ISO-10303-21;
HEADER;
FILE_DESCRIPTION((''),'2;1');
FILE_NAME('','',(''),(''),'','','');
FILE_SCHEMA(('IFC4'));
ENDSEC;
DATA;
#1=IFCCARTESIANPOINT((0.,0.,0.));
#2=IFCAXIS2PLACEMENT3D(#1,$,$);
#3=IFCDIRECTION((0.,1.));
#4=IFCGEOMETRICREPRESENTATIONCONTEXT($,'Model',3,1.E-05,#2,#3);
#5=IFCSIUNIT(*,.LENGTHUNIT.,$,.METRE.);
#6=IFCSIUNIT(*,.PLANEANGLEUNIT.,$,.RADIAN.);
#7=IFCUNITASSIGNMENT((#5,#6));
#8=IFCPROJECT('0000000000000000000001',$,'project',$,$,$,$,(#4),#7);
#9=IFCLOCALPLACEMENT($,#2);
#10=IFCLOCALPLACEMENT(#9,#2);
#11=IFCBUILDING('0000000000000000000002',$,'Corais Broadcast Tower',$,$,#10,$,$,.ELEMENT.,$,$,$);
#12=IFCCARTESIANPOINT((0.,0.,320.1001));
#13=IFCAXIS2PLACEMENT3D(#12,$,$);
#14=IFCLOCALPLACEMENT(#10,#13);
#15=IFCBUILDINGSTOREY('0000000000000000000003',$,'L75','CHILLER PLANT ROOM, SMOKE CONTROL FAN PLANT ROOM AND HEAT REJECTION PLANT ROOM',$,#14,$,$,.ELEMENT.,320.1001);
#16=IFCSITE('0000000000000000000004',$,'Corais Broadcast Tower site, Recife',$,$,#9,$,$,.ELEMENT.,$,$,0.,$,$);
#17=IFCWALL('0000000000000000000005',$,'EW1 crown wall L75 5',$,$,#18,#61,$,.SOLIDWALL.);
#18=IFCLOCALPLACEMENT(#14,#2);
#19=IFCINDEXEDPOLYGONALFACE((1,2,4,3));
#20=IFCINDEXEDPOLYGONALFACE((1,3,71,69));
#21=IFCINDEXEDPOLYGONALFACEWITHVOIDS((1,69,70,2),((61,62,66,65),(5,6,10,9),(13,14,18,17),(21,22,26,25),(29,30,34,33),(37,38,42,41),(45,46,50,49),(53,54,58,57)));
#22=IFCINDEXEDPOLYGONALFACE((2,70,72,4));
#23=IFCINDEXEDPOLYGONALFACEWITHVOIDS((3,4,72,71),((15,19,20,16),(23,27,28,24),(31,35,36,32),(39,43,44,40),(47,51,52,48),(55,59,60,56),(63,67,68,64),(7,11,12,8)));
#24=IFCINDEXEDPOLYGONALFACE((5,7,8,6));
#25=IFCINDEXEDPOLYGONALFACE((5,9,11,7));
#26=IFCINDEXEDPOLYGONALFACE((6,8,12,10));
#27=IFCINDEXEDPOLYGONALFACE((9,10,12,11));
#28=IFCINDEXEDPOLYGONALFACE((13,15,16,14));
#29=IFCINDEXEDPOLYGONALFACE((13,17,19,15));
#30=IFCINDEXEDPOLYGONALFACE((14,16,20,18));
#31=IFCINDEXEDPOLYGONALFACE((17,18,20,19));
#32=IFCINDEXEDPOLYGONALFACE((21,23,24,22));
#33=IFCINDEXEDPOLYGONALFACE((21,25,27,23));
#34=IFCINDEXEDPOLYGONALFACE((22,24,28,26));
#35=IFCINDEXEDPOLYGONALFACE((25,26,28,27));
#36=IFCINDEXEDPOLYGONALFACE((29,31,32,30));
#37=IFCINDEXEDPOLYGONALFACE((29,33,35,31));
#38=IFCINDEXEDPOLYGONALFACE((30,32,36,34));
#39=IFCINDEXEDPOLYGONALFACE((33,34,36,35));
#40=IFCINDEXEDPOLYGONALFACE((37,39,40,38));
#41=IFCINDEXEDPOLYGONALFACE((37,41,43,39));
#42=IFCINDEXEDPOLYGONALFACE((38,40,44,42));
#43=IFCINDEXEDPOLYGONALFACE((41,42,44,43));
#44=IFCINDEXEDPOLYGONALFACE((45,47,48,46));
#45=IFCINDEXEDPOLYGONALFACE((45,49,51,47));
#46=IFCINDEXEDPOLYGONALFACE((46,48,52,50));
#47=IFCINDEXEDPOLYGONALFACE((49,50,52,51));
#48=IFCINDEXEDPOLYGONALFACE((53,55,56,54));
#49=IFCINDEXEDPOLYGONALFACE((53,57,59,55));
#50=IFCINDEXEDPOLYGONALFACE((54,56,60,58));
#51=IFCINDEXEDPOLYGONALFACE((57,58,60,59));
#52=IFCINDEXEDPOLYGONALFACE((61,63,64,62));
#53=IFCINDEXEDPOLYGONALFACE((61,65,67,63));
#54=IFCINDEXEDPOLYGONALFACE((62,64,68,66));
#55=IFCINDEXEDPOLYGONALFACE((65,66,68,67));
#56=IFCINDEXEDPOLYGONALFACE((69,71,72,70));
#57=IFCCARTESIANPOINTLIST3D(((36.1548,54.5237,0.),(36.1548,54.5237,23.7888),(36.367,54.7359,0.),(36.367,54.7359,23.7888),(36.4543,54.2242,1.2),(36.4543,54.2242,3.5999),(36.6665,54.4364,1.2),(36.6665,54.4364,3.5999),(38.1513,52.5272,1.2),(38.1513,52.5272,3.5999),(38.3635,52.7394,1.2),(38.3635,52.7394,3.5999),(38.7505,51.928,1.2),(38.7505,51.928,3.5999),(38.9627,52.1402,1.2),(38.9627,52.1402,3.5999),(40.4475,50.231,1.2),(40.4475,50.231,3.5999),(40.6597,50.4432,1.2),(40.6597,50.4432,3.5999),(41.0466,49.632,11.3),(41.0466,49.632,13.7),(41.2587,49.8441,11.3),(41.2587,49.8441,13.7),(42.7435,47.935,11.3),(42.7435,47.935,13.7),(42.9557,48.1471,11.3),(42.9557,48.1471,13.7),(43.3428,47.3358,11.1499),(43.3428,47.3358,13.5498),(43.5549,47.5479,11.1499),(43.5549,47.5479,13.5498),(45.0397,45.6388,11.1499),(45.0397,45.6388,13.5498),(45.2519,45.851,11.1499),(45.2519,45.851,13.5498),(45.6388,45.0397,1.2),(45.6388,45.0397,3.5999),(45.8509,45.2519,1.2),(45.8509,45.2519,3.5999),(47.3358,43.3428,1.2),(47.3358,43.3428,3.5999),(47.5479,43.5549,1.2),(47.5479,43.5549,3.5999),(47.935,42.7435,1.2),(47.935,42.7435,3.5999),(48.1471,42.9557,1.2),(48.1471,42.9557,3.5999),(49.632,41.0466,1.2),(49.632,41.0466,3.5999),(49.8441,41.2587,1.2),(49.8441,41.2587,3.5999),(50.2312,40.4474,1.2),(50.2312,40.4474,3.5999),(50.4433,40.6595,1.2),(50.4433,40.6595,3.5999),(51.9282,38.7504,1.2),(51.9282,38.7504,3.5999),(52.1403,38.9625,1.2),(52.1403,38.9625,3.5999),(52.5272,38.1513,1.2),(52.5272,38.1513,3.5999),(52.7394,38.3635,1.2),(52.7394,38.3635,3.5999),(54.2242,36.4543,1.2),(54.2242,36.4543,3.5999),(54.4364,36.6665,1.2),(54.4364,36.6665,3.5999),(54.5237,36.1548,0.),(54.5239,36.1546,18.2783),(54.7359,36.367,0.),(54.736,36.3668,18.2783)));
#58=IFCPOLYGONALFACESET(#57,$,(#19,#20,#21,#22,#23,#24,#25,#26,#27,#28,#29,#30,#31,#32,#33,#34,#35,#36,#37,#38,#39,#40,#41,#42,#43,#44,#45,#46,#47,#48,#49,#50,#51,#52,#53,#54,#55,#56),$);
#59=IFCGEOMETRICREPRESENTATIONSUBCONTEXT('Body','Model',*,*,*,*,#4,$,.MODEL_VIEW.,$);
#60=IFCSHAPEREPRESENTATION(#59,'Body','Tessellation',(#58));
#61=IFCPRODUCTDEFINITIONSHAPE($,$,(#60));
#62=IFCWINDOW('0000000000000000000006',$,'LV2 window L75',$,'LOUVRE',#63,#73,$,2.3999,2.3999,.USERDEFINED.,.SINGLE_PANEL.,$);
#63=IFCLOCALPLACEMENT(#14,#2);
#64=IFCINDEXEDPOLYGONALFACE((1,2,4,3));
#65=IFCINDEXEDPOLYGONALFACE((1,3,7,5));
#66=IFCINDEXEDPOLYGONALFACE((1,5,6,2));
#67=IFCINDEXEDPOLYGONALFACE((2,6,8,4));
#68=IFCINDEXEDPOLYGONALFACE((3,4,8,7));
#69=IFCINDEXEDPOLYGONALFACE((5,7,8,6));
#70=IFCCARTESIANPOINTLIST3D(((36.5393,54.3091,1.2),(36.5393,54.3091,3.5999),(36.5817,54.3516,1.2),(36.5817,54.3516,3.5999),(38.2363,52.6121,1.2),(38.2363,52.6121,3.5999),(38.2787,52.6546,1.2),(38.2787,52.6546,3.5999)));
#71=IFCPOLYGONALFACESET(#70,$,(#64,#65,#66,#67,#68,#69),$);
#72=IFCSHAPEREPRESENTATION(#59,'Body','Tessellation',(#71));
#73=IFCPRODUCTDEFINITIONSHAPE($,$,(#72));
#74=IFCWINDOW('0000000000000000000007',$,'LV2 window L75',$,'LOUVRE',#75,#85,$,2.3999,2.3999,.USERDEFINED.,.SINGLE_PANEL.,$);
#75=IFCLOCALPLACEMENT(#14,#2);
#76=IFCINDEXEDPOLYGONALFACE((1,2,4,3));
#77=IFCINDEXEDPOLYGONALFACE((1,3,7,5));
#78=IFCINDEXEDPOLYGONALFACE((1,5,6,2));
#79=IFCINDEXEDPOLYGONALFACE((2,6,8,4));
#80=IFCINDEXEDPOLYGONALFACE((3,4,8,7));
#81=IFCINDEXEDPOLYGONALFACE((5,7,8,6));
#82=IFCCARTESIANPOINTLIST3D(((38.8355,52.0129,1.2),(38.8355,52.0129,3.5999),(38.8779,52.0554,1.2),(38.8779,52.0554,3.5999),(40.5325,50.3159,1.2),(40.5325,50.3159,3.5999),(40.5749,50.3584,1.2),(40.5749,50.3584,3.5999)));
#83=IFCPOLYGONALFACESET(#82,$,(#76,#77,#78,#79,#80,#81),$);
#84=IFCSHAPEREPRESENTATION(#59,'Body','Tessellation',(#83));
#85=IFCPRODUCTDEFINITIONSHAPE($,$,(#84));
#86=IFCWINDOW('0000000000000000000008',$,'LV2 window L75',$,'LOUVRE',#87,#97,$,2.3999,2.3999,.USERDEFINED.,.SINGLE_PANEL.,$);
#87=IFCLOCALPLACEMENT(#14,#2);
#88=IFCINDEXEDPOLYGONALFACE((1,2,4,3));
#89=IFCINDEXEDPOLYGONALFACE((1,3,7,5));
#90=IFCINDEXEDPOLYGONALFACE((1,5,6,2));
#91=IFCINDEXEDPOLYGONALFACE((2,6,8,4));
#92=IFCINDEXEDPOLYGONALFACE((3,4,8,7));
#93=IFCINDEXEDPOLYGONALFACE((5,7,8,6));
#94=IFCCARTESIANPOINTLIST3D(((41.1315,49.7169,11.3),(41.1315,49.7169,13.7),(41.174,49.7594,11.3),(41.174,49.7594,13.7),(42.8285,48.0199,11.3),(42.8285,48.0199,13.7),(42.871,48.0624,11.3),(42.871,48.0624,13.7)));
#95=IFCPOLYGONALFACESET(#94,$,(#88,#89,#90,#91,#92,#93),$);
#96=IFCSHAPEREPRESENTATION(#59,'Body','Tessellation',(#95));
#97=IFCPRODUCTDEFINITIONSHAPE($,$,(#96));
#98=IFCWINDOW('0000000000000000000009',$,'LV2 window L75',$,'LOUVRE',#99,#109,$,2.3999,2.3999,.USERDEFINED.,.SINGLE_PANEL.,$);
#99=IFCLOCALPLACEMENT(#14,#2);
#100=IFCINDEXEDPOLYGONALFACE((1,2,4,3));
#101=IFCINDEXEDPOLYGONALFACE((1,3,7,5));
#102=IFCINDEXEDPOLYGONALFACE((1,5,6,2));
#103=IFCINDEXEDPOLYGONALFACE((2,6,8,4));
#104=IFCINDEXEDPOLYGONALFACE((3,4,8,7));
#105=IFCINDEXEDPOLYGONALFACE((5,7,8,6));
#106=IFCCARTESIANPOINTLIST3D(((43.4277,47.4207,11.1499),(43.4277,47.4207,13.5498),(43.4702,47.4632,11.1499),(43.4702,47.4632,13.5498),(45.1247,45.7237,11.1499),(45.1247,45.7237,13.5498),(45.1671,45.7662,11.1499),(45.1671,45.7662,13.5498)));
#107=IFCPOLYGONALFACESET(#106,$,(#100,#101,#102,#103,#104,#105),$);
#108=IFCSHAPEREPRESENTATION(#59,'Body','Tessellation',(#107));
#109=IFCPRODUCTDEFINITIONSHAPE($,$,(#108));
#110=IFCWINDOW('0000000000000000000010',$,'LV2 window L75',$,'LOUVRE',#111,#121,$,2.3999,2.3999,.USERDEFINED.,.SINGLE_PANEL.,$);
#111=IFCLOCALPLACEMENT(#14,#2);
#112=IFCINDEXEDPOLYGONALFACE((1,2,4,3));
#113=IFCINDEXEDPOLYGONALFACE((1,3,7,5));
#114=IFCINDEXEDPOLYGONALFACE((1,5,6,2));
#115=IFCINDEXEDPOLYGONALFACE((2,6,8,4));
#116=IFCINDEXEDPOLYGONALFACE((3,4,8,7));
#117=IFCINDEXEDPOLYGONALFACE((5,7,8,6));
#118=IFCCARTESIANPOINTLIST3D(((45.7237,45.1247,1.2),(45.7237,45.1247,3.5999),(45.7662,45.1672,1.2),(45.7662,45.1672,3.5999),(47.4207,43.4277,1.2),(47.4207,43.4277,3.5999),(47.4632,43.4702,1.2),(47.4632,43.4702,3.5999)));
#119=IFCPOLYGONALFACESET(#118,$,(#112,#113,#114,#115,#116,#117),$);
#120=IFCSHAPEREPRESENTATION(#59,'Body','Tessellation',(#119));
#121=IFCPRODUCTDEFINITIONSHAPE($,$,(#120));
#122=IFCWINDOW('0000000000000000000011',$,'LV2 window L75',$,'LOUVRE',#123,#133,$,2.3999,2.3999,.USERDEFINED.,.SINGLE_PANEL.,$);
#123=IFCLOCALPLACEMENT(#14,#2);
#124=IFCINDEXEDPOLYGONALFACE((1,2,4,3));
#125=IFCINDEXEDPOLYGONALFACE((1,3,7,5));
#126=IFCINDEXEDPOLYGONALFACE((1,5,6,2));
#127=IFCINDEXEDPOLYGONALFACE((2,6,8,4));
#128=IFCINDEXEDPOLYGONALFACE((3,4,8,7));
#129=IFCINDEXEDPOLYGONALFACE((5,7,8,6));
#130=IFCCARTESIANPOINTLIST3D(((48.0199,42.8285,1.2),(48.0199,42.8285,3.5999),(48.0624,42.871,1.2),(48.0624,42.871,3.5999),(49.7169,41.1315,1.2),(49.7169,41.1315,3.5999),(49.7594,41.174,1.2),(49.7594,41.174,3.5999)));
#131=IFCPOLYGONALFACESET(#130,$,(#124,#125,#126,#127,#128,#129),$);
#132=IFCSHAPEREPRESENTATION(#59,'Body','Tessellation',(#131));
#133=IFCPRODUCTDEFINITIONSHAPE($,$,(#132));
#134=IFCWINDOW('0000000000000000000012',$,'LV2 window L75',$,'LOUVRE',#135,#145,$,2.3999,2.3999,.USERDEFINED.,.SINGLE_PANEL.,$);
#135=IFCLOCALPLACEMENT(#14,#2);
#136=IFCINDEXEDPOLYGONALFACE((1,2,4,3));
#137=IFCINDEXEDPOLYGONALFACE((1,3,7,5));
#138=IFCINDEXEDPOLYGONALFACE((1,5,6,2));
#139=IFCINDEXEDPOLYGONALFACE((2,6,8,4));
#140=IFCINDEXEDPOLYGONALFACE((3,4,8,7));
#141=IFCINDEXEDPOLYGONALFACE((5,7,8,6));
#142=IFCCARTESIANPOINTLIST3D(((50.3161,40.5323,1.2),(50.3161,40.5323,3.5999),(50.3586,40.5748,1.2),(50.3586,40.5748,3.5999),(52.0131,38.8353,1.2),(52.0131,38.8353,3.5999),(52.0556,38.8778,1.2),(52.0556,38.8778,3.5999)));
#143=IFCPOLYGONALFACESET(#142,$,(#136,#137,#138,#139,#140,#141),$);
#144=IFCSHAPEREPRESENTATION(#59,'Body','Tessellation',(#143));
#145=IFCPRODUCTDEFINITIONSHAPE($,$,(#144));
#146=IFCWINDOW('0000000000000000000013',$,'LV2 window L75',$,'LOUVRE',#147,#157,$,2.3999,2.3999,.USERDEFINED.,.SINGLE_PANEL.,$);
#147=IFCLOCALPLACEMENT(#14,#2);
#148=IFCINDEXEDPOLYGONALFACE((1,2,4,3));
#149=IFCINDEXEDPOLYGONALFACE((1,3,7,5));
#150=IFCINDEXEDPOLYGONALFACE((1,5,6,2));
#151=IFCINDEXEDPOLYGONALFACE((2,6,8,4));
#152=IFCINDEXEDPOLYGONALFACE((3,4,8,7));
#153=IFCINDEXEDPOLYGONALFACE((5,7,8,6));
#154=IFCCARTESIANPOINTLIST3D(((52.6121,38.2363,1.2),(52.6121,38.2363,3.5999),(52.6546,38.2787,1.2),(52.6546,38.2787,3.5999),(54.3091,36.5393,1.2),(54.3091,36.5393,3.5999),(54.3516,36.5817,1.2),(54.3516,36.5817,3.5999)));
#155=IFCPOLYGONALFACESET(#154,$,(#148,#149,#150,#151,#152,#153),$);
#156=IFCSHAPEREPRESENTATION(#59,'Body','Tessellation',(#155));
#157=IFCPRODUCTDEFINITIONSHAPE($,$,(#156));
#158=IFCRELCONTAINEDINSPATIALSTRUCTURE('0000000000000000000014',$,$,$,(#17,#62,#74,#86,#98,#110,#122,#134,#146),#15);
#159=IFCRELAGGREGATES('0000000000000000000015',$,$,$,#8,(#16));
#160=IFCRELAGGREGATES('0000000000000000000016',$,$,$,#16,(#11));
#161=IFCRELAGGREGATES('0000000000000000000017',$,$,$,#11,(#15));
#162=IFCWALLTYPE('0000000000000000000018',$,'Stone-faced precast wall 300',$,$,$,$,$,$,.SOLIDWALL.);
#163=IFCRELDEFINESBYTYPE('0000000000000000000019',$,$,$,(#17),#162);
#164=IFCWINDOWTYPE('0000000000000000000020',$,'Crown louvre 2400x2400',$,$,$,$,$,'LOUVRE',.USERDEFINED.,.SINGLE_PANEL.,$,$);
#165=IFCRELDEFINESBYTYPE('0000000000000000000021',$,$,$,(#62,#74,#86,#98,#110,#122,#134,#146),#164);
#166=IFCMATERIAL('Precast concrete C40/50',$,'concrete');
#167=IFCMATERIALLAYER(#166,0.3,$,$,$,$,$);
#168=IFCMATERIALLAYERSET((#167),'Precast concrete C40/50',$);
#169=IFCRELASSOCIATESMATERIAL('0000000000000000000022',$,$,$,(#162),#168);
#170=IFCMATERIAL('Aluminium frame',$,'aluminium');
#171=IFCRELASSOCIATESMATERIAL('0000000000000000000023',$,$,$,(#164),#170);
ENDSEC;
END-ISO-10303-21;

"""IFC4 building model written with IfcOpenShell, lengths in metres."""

from ifc_helpers import new_model, si_unit, direction, frame, frame_2d, origin, place, context, subcontext, project, spatial, polyline, rectangle, outline, extrude, material, layer, layer_set, type_object, element, fill, save


model = new_model("IFC4")

# Units and contexts
model_context = context("Model", 3, precision=1e-05, world=origin(), true_north=direction((0.0, 1.0)))
body_context = subcontext(model_context, "Body", "Model", "MODEL_VIEW")
ifc_project = project(units=[si_unit("LENGTHUNIT", "METRE"), si_unit("PLANEANGLEUNIT", "RADIAN")], contexts=[model_context])

# Site, building, storey
site_placement = place(None, origin())
site = spatial("IfcSite", under=ifc_project, at=site_placement, Name="Corais Broadcast Tower site, Recife", CompositionType="ELEMENT", RefElevation=0.0)
building_placement = place(site_placement, origin())
building = spatial("IfcBuilding", under=site, at=building_placement, Name="Corais Broadcast Tower", CompositionType="ELEMENT")
storey_placement = place(building_placement, frame((0.0, 0.0, 320.1001)))
storey = spatial("IfcBuildingStorey", under=building, at=storey_placement, Name="L75", Description="CHILLER PLANT ROOM, SMOKE CONTROL FAN PLANT ROOM AND HEAT REJECTION PLANT ROOM", CompositionType="ELEMENT", Elevation=320.1001)

# Wall, openings, windows
ifc_material_1 = material(Name="Precast concrete C40/50", Category="concrete")
ifc_layer = layer(ifc_material_1, 0.3)
ifc_layer_set = layer_set([ifc_layer], Name="Precast concrete C40/50")
wall_type = type_object("IfcWallType", Name="Stone-faced precast wall 300", PredefinedType="SOLIDWALL", material=ifc_layer_set)
wall_placement = place(storey_placement, frame((36.261, 54.6299, 0.0), z_axis=(0.0, 0.0, 1.0), x_axis=(0.707107, -0.707107, 0.0)))
wall = element("IfcWall", 1, at=wall_placement, inside=storey, type_object=wall_type, Name="EW1 crown wall L75 5", PredefinedType="SOLIDWALL", context=body_context, shape_type="SweptSolid", body=[
    extrude(outline(polyline([(0.0, 0.0), (25.9775, 0.0), (25.9778, 18.2783), (0.0, 23.7888), (0.0, 0.0)])), frame((0.0, 0.1499, 0.0), z_axis=(0.0, -1.0, 0.0), x_axis=(1.0, 0.0, 0.0)), (0.0, 0.0, 1.0), 0.3),
])
opening_1_placement = place(wall_placement, frame((0.4236, 0.0, 1.2)))
opening_1 = element("IfcOpeningElement", 2, at=opening_1_placement, cuts=wall, PredefinedType="OPENING", context=body_context, shape_type="SweptSolid", body=[
    extrude(rectangle(XDim=2.3999, YDim=2.3999, at=frame_2d((1.2, 1.2))), frame((0.0, 0.1599, 0.0), z_axis=(0.0, -1.0, 0.0), x_axis=(1.0, 0.0, 0.0)), (0.0, 0.0, 1.0), 0.3201),
])
opening_2_placement = place(wall_placement, frame((3.6709, 0.0, 1.2)))
opening_2 = element("IfcOpeningElement", 3, at=opening_2_placement, cuts=wall, PredefinedType="OPENING", context=body_context, shape_type="SweptSolid", body=[
    extrude(rectangle(XDim=2.3999, YDim=2.3999, at=frame_2d((1.2, 1.2))), frame((0.0, 0.1599, 0.0), z_axis=(0.0, -1.0, 0.0), x_axis=(1.0, 0.0, 0.0)), (0.0, 0.0, 1.0), 0.3201),
])
opening_3_placement = place(wall_placement, frame((6.918, 0.0, 11.3)))
opening_3 = element("IfcOpeningElement", 4, at=opening_3_placement, cuts=wall, PredefinedType="OPENING", context=body_context, shape_type="SweptSolid", body=[
    extrude(rectangle(XDim=2.3999, YDim=2.3999, at=frame_2d((1.2, 1.2))), frame((0.0, 0.1599, 0.0), z_axis=(0.0, -1.0, 0.0), x_axis=(1.0, 0.0, 0.0)), (0.0, 0.0, 1.0), 0.3201),
])
opening_4_placement = place(wall_placement, frame((10.1653, 0.0, 11.1499)))
opening_4 = element("IfcOpeningElement", 5, at=opening_4_placement, cuts=wall, PredefinedType="OPENING", context=body_context, shape_type="SweptSolid", body=[
    extrude(rectangle(XDim=2.3999, YDim=2.3999, at=frame_2d((1.2, 1.2))), frame((0.0, 0.1599, 0.0), z_axis=(0.0, -1.0, 0.0), x_axis=(1.0, 0.0, 0.0)), (0.0, 0.0, 1.0), 0.3201),
])
opening_5_placement = place(wall_placement, frame((13.4124, 0.0, 1.2)))
opening_5 = element("IfcOpeningElement", 6, at=opening_5_placement, cuts=wall, PredefinedType="OPENING", context=body_context, shape_type="SweptSolid", body=[
    extrude(rectangle(XDim=2.3999, YDim=2.3999, at=frame_2d((1.2, 1.2))), frame((0.0, 0.1599, 0.0), z_axis=(0.0, -1.0, 0.0), x_axis=(1.0, 0.0, 0.0)), (0.0, 0.0, 1.0), 0.3201),
])
opening_6_placement = place(wall_placement, frame((16.6597, 0.0, 1.2)))
opening_6 = element("IfcOpeningElement", 7, at=opening_6_placement, cuts=wall, PredefinedType="OPENING", context=body_context, shape_type="SweptSolid", body=[
    extrude(rectangle(XDim=2.3999, YDim=2.3999, at=frame_2d((1.2, 1.2))), frame((0.0, 0.1599, 0.0), z_axis=(0.0, -1.0, 0.0), x_axis=(1.0, 0.0, 0.0)), (0.0, 0.0, 1.0), 0.3201),
])
opening_7_placement = place(wall_placement, frame((19.907, 0.0, 1.2)))
opening_7 = element("IfcOpeningElement", 8, at=opening_7_placement, cuts=wall, PredefinedType="OPENING", context=body_context, shape_type="SweptSolid", body=[
    extrude(rectangle(XDim=2.3999, YDim=2.3999, at=frame_2d((1.2, 1.2))), frame((0.0, 0.1599, 0.0), z_axis=(0.0, -1.0, 0.0), x_axis=(1.0, 0.0, 0.0)), (0.0, 0.0, 1.0), 0.3201),
])
opening_8_placement = place(wall_placement, frame((23.1541, 0.0, 1.2)))
opening_8 = element("IfcOpeningElement", 9, at=opening_8_placement, cuts=wall, PredefinedType="OPENING", context=body_context, shape_type="SweptSolid", body=[
    extrude(rectangle(XDim=2.3999, YDim=2.3999, at=frame_2d((1.2, 1.2))), frame((0.0, 0.1599, 0.0), z_axis=(0.0, -1.0, 0.0), x_axis=(1.0, 0.0, 0.0)), (0.0, 0.0, 1.0), 0.3201),
])
ifc_material_2 = material(Name="Aluminium frame", Category="aluminium")
window_type = type_object("IfcWindowType", Name="Crown louvre 2400x2400", ElementType="LOUVRE", PartitioningType="SINGLE_PANEL", PredefinedType="USERDEFINED", material=ifc_material_2)
window_1_placement = place(opening_1_placement, origin())
window_1 = element("IfcWindow", 10, at=window_1_placement, inside=storey, type_object=window_type, Name="LV2 window L75", ObjectType="LOUVRE", OverallHeight=2.3999, OverallWidth=2.3999, PartitioningType="SINGLE_PANEL", PredefinedType="USERDEFINED", context=body_context, shape_type="SweptSolid", body=[
    extrude(rectangle(XDim=2.3999, YDim=2.3999, at=frame_2d((1.2, 1.2))), frame((0.0, 0.03, 0.0), z_axis=(0.0, -1.0, 0.0), x_axis=(1.0, 0.0, 0.0)), (0.0, 0.0, 1.0), 0.0601),
])
fill(opening_1, window_1)
window_2_placement = place(opening_2_placement, origin())
window_2 = element("IfcWindow", 11, at=window_2_placement, inside=storey, type_object=window_type, Name="LV2 window L75", ObjectType="LOUVRE", OverallHeight=2.3999, OverallWidth=2.3999, PartitioningType="SINGLE_PANEL", PredefinedType="USERDEFINED", context=body_context, shape_type="SweptSolid", body=[
    extrude(rectangle(XDim=2.3999, YDim=2.3999, at=frame_2d((1.2, 1.2))), frame((0.0, 0.03, 0.0), z_axis=(0.0, -1.0, 0.0), x_axis=(1.0, 0.0, 0.0)), (0.0, 0.0, 1.0), 0.0601),
])
fill(opening_2, window_2)
window_3_placement = place(opening_3_placement, origin())
window_3 = element("IfcWindow", 12, at=window_3_placement, inside=storey, type_object=window_type, Name="LV2 window L75", ObjectType="LOUVRE", OverallHeight=2.3999, OverallWidth=2.3999, PartitioningType="SINGLE_PANEL", PredefinedType="USERDEFINED", context=body_context, shape_type="SweptSolid", body=[
    extrude(rectangle(XDim=2.3999, YDim=2.3999, at=frame_2d((1.2, 1.2))), frame((0.0, 0.03, 0.0), z_axis=(0.0, -1.0, 0.0), x_axis=(1.0, 0.0, 0.0)), (0.0, 0.0, 1.0), 0.0601),
])
fill(opening_3, window_3)
window_4_placement = place(opening_4_placement, origin())
window_4 = element("IfcWindow", 13, at=window_4_placement, inside=storey, type_object=window_type, Name="LV2 window L75", ObjectType="LOUVRE", OverallHeight=2.3999, OverallWidth=2.3999, PartitioningType="SINGLE_PANEL", PredefinedType="USERDEFINED", context=body_context, shape_type="SweptSolid", body=[
    extrude(rectangle(XDim=2.3999, YDim=2.3999, at=frame_2d((1.2, 1.2))), frame((0.0, 0.03, 0.0), z_axis=(0.0, -1.0, 0.0), x_axis=(1.0, 0.0, 0.0)), (0.0, 0.0, 1.0), 0.0601),
])
fill(opening_4, window_4)
window_5_placement = place(opening_5_placement, origin())
window_5 = element("IfcWindow", 14, at=window_5_placement, inside=storey, type_object=window_type, Name="LV2 window L75", ObjectType="LOUVRE", OverallHeight=2.3999, OverallWidth=2.3999, PartitioningType="SINGLE_PANEL", PredefinedType="USERDEFINED", context=body_context, shape_type="SweptSolid", body=[
    extrude(rectangle(XDim=2.3999, YDim=2.3999, at=frame_2d((1.2, 1.2))), frame((0.0, 0.03, 0.0), z_axis=(0.0, -1.0, 0.0), x_axis=(1.0, 0.0, 0.0)), (0.0, 0.0, 1.0), 0.0601),
])
fill(opening_5, window_5)
window_6_placement = place(opening_6_placement, origin())
window_6 = element("IfcWindow", 15, at=window_6_placement, inside=storey, type_object=window_type, Name="LV2 window L75", ObjectType="LOUVRE", OverallHeight=2.3999, OverallWidth=2.3999, PartitioningType="SINGLE_PANEL", PredefinedType="USERDEFINED", context=body_context, shape_type="SweptSolid", body=[
    extrude(rectangle(XDim=2.3999, YDim=2.3999, at=frame_2d((1.2, 1.2))), frame((0.0, 0.03, 0.0), z_axis=(0.0, -1.0, 0.0), x_axis=(1.0, 0.0, 0.0)), (0.0, 0.0, 1.0), 0.0601),
])
fill(opening_6, window_6)
window_7_placement = place(opening_7_placement, origin())
window_7 = element("IfcWindow", 16, at=window_7_placement, inside=storey, type_object=window_type, Name="LV2 window L75", ObjectType="LOUVRE", OverallHeight=2.3999, OverallWidth=2.3999, PartitioningType="SINGLE_PANEL", PredefinedType="USERDEFINED", context=body_context, shape_type="SweptSolid", body=[
    extrude(rectangle(XDim=2.3999, YDim=2.3999, at=frame_2d((1.2, 1.2))), frame((0.0, 0.03, 0.0), z_axis=(0.0, -1.0, 0.0), x_axis=(1.0, 0.0, 0.0)), (0.0, 0.0, 1.0), 0.0601),
])
fill(opening_7, window_7)
window_8_placement = place(opening_8_placement, origin())
window_8 = element("IfcWindow", 17, at=window_8_placement, inside=storey, type_object=window_type, Name="LV2 window L75", ObjectType="LOUVRE", OverallHeight=2.3999, OverallWidth=2.3999, PartitioningType="SINGLE_PANEL", PredefinedType="USERDEFINED", context=body_context, shape_type="SweptSolid", body=[
    extrude(rectangle(XDim=2.3999, YDim=2.3999, at=frame_2d((1.2, 1.2))), frame((0.0, 0.03, 0.0), z_axis=(0.0, -1.0, 0.0), x_axis=(1.0, 0.0, 0.0)), (0.0, 0.0, 1.0), 0.0601),
])
fill(opening_8, window_8)

save(model, "model.ifc")
